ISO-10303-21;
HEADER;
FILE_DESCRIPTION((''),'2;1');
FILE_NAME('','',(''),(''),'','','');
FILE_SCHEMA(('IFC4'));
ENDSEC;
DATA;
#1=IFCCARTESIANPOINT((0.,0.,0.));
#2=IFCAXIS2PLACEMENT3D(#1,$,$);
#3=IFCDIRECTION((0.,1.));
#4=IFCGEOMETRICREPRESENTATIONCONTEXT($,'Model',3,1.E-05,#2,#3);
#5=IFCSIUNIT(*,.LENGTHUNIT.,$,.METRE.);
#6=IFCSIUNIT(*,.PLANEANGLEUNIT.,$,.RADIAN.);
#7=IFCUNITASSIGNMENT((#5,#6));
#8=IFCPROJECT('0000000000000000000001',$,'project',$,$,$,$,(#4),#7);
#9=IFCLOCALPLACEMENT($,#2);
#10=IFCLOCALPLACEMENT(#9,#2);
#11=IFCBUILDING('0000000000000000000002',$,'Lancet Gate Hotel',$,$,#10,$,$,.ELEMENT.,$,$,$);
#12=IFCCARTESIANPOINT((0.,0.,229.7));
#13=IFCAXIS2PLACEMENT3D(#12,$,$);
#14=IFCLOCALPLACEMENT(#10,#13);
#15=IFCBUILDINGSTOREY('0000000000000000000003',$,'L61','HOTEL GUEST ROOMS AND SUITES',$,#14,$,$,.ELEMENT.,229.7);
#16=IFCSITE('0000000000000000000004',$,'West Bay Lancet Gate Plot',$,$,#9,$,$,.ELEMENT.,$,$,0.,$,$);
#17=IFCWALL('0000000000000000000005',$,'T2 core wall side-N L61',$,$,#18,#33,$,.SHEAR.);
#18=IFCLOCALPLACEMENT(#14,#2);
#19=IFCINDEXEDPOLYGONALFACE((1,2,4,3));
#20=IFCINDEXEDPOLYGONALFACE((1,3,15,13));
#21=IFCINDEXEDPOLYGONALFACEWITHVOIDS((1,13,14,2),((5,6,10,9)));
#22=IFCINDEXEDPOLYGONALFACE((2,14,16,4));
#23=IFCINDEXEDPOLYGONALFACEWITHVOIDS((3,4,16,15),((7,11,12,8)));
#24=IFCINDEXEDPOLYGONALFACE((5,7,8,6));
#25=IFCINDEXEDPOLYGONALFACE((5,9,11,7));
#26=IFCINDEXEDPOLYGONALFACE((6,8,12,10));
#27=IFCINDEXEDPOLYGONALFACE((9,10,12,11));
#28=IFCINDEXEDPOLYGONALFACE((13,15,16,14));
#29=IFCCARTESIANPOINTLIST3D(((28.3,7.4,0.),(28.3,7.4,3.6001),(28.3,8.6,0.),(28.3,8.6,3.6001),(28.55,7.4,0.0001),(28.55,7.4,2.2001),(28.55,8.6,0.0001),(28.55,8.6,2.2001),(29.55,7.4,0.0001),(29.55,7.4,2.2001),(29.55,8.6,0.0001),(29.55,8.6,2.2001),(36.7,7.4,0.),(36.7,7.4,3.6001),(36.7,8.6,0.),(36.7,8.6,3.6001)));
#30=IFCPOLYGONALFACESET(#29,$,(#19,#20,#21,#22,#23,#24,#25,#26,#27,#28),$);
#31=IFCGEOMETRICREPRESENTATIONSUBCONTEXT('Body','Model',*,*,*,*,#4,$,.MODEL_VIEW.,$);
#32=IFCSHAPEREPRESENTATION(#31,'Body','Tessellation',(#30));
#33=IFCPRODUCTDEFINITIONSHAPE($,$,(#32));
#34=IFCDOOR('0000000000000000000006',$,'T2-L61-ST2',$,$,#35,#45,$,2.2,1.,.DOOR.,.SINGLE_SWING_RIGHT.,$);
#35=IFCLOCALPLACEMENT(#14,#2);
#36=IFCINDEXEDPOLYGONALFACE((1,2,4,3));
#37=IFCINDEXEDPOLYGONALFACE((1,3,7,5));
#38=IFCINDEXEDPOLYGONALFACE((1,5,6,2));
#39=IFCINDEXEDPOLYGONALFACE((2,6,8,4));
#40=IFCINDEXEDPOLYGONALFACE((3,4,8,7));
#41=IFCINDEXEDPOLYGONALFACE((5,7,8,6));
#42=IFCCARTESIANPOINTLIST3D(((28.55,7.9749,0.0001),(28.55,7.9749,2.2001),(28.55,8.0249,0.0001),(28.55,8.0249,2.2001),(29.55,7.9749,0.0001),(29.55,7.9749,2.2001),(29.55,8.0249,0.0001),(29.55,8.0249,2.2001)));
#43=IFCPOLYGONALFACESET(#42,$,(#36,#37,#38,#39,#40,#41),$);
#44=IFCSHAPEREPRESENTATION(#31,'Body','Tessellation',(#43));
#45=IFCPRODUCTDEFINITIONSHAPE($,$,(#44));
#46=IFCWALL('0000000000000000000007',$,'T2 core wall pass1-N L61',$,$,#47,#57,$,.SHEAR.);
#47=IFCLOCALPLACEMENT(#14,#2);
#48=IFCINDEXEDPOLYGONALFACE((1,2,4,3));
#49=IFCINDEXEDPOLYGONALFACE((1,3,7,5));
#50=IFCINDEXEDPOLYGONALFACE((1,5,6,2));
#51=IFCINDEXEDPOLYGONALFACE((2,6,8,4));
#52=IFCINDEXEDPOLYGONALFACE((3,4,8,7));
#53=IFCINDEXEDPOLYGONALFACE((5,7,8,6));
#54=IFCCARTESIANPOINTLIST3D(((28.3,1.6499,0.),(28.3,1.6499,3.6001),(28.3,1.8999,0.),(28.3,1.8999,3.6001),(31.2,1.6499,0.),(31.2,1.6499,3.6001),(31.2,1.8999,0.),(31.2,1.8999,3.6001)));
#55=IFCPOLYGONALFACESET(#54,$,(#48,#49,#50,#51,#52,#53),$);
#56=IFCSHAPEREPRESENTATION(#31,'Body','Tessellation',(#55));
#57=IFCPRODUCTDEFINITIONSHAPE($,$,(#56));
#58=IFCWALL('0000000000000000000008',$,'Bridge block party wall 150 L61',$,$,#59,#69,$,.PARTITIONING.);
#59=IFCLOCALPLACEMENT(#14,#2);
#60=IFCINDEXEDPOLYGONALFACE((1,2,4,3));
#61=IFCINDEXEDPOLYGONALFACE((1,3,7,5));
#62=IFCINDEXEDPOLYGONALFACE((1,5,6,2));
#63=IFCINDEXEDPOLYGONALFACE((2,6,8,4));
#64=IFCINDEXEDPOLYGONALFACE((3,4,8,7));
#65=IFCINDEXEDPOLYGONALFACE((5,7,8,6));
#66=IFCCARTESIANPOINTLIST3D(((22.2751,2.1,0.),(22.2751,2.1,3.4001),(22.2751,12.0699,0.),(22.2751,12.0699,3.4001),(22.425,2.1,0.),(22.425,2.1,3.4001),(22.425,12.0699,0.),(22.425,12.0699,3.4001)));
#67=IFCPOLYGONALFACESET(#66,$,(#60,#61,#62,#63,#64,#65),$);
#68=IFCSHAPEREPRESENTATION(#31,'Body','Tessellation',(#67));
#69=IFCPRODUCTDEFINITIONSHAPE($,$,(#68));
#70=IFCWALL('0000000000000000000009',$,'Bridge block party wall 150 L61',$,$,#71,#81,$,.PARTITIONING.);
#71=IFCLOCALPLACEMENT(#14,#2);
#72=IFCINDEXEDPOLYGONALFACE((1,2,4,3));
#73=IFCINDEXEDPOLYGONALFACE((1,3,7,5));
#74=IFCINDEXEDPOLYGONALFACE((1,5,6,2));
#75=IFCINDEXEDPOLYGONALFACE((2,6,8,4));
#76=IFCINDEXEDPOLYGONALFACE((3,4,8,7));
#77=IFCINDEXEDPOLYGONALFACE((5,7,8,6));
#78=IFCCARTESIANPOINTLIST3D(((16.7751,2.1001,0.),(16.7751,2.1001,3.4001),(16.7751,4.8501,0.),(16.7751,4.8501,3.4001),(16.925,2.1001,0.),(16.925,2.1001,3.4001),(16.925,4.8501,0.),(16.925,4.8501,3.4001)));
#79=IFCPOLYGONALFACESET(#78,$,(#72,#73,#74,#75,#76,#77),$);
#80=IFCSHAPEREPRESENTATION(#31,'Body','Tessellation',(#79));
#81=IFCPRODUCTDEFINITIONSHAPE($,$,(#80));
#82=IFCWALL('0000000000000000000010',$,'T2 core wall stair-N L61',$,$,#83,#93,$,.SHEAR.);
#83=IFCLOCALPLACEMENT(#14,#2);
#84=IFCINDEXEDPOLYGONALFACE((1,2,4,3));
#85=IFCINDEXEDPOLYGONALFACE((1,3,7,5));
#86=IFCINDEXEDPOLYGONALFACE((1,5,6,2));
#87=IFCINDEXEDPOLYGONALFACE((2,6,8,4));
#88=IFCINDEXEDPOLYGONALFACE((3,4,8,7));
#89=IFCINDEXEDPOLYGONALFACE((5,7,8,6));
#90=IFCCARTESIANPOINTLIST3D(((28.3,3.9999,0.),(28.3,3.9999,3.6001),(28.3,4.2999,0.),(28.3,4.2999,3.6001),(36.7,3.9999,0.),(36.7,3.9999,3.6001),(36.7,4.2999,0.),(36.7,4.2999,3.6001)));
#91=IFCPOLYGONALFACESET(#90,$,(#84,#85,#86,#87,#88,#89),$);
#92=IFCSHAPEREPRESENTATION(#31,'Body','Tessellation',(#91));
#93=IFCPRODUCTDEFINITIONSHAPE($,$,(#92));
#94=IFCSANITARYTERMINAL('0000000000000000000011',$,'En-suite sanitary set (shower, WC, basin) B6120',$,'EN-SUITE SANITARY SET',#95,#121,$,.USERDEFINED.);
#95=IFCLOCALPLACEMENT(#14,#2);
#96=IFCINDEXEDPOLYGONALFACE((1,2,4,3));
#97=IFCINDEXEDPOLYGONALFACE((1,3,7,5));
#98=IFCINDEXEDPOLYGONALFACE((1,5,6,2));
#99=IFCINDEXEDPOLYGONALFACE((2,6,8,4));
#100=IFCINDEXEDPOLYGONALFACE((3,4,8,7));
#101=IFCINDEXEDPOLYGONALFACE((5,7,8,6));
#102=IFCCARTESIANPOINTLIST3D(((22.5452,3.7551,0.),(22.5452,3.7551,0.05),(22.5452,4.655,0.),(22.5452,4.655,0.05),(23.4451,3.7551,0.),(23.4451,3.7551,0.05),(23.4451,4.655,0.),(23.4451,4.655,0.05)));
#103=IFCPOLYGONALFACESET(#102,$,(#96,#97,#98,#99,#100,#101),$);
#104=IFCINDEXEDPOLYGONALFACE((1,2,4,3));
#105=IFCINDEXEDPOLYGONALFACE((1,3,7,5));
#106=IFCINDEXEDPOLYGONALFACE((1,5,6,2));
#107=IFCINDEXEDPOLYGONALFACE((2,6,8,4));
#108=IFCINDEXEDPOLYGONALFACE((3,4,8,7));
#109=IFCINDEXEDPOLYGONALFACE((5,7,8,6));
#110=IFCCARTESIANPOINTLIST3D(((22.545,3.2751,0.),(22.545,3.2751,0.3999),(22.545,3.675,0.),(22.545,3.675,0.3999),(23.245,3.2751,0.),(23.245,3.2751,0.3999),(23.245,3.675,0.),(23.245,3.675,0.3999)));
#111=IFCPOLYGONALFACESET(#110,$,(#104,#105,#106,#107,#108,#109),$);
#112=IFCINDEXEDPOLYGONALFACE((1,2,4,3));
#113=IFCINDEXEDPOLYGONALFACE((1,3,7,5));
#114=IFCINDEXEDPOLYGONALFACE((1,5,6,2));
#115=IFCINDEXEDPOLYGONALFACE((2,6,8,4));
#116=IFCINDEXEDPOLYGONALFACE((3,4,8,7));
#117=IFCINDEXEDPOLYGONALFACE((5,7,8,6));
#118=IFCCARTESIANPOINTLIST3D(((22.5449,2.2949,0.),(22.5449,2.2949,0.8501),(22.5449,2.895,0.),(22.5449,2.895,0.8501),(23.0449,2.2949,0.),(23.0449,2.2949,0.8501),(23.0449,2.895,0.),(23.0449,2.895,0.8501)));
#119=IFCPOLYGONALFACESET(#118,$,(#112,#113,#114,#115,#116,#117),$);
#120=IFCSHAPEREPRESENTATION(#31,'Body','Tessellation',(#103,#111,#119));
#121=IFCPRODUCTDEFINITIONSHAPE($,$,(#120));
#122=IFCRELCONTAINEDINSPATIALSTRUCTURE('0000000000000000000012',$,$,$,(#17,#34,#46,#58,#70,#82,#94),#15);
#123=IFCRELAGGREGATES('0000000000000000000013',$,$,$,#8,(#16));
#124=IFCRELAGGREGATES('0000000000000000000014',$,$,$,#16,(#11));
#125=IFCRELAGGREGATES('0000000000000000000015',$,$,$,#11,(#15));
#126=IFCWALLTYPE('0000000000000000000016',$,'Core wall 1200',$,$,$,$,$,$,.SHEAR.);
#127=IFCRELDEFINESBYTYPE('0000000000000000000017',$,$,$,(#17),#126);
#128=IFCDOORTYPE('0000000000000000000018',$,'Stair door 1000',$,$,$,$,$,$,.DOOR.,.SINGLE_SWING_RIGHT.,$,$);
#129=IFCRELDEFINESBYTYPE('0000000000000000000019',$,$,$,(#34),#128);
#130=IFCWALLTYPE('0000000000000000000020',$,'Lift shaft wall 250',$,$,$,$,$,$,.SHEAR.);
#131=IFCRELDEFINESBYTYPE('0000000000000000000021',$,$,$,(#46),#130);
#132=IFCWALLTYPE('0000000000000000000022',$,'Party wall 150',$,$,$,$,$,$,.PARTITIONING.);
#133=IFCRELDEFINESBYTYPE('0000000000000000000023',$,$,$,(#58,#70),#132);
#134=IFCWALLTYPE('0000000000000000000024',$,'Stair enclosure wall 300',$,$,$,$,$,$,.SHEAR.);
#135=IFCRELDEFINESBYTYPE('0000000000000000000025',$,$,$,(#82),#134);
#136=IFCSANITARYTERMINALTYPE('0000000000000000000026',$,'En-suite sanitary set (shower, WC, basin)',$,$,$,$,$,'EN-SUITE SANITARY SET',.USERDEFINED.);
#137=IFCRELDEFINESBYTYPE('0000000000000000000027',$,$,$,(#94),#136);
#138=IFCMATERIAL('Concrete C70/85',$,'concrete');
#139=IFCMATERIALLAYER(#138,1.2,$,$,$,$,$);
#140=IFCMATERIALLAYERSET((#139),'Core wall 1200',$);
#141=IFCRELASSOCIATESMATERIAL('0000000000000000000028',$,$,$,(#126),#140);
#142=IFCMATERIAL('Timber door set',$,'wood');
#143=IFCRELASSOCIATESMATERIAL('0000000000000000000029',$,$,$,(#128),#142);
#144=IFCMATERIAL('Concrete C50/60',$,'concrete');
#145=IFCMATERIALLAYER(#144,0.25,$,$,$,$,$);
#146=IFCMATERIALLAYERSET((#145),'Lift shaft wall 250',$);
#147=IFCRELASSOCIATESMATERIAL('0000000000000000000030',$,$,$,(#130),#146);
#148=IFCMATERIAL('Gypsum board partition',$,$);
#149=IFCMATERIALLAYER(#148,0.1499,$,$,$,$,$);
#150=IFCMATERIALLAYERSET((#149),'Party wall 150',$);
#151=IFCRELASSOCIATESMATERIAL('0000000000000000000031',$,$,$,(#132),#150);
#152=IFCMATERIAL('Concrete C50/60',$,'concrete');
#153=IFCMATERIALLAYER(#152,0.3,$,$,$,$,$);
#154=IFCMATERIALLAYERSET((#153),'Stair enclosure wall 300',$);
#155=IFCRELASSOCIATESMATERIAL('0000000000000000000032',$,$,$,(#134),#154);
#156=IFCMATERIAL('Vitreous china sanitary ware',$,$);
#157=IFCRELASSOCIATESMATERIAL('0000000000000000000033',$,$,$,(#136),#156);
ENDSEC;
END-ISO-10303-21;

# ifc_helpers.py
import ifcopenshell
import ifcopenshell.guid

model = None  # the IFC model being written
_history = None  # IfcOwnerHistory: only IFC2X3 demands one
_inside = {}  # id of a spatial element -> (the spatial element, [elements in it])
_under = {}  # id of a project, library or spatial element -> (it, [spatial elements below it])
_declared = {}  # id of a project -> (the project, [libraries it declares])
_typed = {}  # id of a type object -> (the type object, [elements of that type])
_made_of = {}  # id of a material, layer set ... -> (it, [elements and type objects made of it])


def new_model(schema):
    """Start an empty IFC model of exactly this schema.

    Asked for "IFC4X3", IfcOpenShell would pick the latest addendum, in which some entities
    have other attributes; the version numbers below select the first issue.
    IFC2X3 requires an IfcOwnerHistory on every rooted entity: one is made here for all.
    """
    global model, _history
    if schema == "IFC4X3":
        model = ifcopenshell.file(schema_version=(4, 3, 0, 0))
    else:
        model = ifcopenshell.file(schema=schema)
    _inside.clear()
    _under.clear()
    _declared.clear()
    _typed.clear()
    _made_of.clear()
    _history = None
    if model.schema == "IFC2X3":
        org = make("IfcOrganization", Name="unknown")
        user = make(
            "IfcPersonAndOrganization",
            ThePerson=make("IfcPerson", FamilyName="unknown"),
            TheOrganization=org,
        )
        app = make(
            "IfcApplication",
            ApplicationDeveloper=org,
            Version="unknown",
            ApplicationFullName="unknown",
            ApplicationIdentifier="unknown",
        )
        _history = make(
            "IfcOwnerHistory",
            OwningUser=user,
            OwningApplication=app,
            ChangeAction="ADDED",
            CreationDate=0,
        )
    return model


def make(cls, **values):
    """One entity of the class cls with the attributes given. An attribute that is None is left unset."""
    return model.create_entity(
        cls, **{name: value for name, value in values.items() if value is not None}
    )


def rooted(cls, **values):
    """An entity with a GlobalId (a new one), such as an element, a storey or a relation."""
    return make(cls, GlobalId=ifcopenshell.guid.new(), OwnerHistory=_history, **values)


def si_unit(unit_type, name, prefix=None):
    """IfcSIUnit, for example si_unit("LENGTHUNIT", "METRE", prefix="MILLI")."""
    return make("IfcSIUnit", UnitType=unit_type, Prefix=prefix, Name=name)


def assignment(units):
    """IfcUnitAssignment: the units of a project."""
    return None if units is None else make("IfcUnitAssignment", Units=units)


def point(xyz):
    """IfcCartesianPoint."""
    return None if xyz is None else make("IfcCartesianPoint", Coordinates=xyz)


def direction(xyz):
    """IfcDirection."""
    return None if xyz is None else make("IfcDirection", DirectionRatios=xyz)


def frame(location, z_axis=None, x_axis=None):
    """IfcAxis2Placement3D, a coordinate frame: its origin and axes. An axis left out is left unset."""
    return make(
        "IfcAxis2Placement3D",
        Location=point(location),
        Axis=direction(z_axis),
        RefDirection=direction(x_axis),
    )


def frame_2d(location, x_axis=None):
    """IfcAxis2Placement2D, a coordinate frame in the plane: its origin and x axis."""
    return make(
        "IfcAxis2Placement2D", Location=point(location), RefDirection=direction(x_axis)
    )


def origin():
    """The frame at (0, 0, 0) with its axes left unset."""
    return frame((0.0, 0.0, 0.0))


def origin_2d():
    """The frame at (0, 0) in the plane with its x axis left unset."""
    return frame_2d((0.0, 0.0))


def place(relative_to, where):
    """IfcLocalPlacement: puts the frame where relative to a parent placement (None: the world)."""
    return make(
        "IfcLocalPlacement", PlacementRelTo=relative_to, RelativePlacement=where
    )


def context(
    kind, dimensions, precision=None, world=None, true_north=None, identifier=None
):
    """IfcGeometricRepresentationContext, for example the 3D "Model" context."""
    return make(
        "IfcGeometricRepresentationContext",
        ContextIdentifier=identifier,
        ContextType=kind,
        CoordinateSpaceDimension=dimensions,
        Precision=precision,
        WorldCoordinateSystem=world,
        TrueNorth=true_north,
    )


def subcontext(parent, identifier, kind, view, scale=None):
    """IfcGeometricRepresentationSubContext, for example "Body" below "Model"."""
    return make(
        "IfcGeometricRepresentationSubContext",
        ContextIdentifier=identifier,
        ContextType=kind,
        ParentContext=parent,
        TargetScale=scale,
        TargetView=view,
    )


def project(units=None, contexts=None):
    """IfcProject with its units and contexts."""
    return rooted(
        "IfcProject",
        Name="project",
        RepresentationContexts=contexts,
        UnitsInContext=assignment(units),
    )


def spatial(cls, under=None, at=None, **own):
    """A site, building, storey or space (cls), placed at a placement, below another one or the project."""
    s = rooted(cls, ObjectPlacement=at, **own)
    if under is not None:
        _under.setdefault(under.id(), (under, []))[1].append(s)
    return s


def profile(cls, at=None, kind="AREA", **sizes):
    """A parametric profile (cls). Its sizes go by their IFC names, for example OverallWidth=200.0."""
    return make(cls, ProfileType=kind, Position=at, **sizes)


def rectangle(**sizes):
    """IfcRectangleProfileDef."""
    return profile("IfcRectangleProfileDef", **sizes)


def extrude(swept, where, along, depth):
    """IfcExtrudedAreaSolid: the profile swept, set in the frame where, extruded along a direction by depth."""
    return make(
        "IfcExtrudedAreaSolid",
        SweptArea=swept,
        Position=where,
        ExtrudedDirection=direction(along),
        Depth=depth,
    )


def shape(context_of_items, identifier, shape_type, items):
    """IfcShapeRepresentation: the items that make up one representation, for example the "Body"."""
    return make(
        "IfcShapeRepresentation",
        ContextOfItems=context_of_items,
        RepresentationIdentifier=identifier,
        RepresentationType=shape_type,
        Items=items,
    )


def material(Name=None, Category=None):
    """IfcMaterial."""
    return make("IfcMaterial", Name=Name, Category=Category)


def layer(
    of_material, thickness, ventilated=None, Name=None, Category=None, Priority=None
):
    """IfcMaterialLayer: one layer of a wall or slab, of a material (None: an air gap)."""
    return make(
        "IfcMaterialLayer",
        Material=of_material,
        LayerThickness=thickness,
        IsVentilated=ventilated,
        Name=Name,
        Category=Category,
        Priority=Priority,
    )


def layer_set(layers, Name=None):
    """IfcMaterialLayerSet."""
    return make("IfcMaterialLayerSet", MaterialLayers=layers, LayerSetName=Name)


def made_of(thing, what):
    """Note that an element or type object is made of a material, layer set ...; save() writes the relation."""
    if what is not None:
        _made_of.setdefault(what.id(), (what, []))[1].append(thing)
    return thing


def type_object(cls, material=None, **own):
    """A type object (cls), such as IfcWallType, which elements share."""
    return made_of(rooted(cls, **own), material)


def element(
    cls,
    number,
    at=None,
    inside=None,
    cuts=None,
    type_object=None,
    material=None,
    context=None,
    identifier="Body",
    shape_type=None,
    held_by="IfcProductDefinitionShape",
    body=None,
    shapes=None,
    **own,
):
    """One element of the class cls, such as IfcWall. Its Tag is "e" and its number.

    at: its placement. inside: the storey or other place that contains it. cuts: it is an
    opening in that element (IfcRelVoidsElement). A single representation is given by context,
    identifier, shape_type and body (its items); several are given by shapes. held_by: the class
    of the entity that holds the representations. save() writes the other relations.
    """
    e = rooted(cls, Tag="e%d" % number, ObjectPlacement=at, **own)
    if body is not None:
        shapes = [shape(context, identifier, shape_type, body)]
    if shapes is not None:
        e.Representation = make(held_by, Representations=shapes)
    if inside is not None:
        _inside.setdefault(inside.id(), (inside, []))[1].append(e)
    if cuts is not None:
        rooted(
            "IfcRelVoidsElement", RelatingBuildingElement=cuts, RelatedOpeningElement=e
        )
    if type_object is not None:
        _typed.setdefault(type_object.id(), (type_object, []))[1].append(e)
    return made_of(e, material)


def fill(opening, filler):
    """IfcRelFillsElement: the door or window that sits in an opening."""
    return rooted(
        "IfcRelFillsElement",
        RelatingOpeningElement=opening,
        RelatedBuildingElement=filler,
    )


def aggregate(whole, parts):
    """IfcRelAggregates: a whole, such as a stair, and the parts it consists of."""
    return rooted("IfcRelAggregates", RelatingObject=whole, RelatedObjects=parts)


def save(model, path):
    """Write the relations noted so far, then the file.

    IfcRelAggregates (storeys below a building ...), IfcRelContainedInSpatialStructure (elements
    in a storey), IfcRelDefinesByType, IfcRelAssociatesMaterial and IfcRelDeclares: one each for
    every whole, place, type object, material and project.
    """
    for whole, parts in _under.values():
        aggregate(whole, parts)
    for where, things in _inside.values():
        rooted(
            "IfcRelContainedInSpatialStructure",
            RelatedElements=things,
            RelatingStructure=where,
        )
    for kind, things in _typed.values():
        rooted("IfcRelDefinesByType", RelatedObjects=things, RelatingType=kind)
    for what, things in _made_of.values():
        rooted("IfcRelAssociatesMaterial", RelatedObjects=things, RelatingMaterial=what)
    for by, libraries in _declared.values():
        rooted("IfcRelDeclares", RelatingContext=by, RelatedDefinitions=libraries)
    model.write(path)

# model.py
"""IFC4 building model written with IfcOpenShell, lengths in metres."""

from ifc_helpers import new_model, si_unit, direction, frame, frame_2d, origin, origin_2d, place, context, subcontext, project, spatial, rectangle, extrude, material, layer, layer_set, type_object, element, fill, save


model = new_model("IFC4")

# Units and contexts
model_context = context("Model", 3, precision=1e-05, world=origin(), true_north=direction((0.0, 1.0)))
body_context = subcontext(model_context, "Body", "Model", "MODEL_VIEW")
ifc_project = project(units=[si_unit("LENGTHUNIT", "METRE"), si_unit("PLANEANGLEUNIT", "RADIAN")], contexts=[model_context])

# Site, building, storey
site_placement = place(None, origin())
site = spatial("IfcSite", under=ifc_project, at=site_placement, Name="West Bay Lancet Gate Plot", CompositionType="ELEMENT", RefElevation=0.0)
building_placement = place(site_placement, origin())
building = spatial("IfcBuilding", under=site, at=building_placement, Name="Lancet Gate Hotel", CompositionType="ELEMENT")
storey_placement = place(building_placement, frame((0.0, 0.0, 229.7)))
storey = spatial("IfcBuildingStorey", under=building, at=storey_placement, Name="L61", Description="HOTEL GUEST ROOMS AND SUITES", CompositionType="ELEMENT", Elevation=229.7)

# Wall, opening, door
ifc_material_1 = material(Name="Concrete C70/85", Category="concrete")
ifc_layer_1 = layer(ifc_material_1, 1.2)
ifc_layer_set_1 = layer_set([ifc_layer_1], Name="Core wall 1200")
wall_type_1 = type_object("IfcWallType", Name="Core wall 1200", PredefinedType="SHEAR", material=ifc_layer_set_1)
wall_1_placement = place(storey_placement, frame((28.3, 8.0, 0.0), z_axis=(0.0, 0.0, 1.0), x_axis=(1.0, 0.0, 0.0)))
wall_1 = element("IfcWall", 1, at=wall_1_placement, inside=storey, type_object=wall_type_1, Name="T2 core wall side-N L61", PredefinedType="SHEAR", context=body_context, shape_type="SweptSolid", body=[
    extrude(rectangle(XDim=8.3999, YDim=1.2, at=frame_2d((4.2, 0.0))), origin(), (0.0, 0.0, 1.0), 3.6001),
])
opening_1_placement = place(wall_1_placement, frame((0.25, 0.0, 0.0)))
opening_1 = element("IfcOpeningElement", 2, at=opening_1_placement, cuts=wall_1, PredefinedType="OPENING", context=body_context, shape_type="SweptSolid", body=[
    extrude(rectangle(XDim=1.0, YDim=2.2, at=frame_2d((0.5, 1.1001))), frame((0.0, 0.6099, 0.0), z_axis=(0.0, -1.0, 0.0), x_axis=(1.0, 0.0, 0.0)), (0.0, 0.0, 1.0), 1.22),
])
ifc_material_2 = material(Name="Timber door set", Category="wood")
door_type_1 = type_object("IfcDoorType", Name="Stair door 1000", OperationType="SINGLE_SWING_RIGHT", PredefinedType="DOOR", material=ifc_material_2)
door_1_placement = place(opening_1_placement, origin())
door_1 = element("IfcDoor", 3, at=door_1_placement, inside=storey, type_object=door_type_1, Name="T2-L61-ST2", OperationType="SINGLE_SWING_RIGHT", OverallHeight=2.2, OverallWidth=1.0, PredefinedType="DOOR", context=body_context, shape_type="SweptSolid", body=[
    extrude(rectangle(XDim=1.0, YDim=2.2, at=frame_2d((0.5, 1.1001))), frame((0.0, 0.0249, 0.0), z_axis=(0.0, -1.0, 0.0), x_axis=(1.0, 0.0, 0.0)), (0.0, 0.0, 1.0), 0.05),
])
fill(opening_1, door_1)

# Walls
ifc_material_3 = material(Name="Concrete C50/60", Category="concrete")
ifc_layer_2 = layer(ifc_material_3, 0.25)
ifc_layer_set_2 = layer_set([ifc_layer_2], Name="Lift shaft wall 250")
wall_type_2 = type_object("IfcWallType", Name="Lift shaft wall 250", PredefinedType="SHEAR", material=ifc_layer_set_2)
wall_2_placement = place(storey_placement, frame((28.3, 1.7749, 0.0), z_axis=(0.0, 0.0, 1.0), x_axis=(1.0, 0.0, 0.0)))
element("IfcWall", 4, at=wall_2_placement, inside=storey, type_object=wall_type_2, Name="T2 core wall pass1-N L61", PredefinedType="SHEAR", context=body_context, shape_type="SweptSolid", body=[
    extrude(rectangle(XDim=2.8999, YDim=0.25, at=frame_2d((1.45, 0.0))), origin(), (0.0, 0.0, 1.0), 3.6001),
])
ifc_material_4 = material(Name="Gypsum board partition")
ifc_layer_3 = layer(ifc_material_4, 0.1499)
ifc_layer_set_3 = layer_set([ifc_layer_3], Name="Party wall 150")
wall_type_3 = type_object("IfcWallType", Name="Party wall 150", PredefinedType="PARTITIONING", material=ifc_layer_set_3)
wall_3_placement = place(storey_placement, frame((22.3501, 2.1001, 0.0), z_axis=(0.0, 0.0, 1.0), x_axis=(0.0, 1.0, 0.0)))
element("IfcWall", 5, at=wall_3_placement, inside=storey, type_object=wall_type_3, Name="Bridge block party wall 150 L61", PredefinedType="PARTITIONING", context=body_context, shape_type="SweptSolid", body=[
    extrude(rectangle(XDim=9.97, YDim=0.1499, at=frame_2d((4.9849, 0.0))), origin(), (0.0, 0.0, 1.0), 3.4001),
])
wall_4_placement = place(storey_placement, frame((16.8501, 2.1001, 0.0), z_axis=(0.0, 0.0, 1.0), x_axis=(0.0, 1.0, 0.0)))
element("IfcWall", 6, at=wall_4_placement, inside=storey, type_object=wall_type_3, Name="Bridge block party wall 150 L61", PredefinedType="PARTITIONING", context=body_context, shape_type="SweptSolid", body=[
    extrude(rectangle(XDim=2.75, YDim=0.1499, at=frame_2d((1.375, 0.0))), origin(), (0.0, 0.0, 1.0), 3.4001),
])
ifc_material_5 = material(Name="Concrete C50/60", Category="concrete")
ifc_layer_4 = layer(ifc_material_5, 0.3)
ifc_layer_set_4 = layer_set([ifc_layer_4], Name="Stair enclosure wall 300")
wall_type_4 = type_object("IfcWallType", Name="Stair enclosure wall 300", PredefinedType="SHEAR", material=ifc_layer_set_4)
wall_5_placement = place(storey_placement, frame((28.3, 4.1499, 0.0), z_axis=(0.0, 0.0, 1.0), x_axis=(1.0, 0.0, 0.0)))
element("IfcWall", 7, at=wall_5_placement, inside=storey, type_object=wall_type_4, Name="T2 core wall stair-N L61", PredefinedType="SHEAR", context=body_context, shape_type="SweptSolid", body=[
    extrude(rectangle(XDim=8.3999, YDim=0.3, at=frame_2d((4.2, 0.0))), origin(), (0.0, 0.0, 1.0), 3.6001),
])

# Sanitary terminal
ifc_material_6 = material(Name="Vitreous china sanitary ware")
sanitary_terminal_type = type_object("IfcSanitaryTerminalType", Name="En-suite sanitary set (shower, WC, basin)", ElementType="EN-SUITE SANITARY SET", PredefinedType="USERDEFINED", material=ifc_material_6)
sanitary_terminal_placement = place(storey_placement, frame((22.9951, 4.2051, 0.0), z_axis=(0.0, 0.0, 1.0), x_axis=(1.0, 0.0, 0.0)))
element("IfcSanitaryTerminal", 8, at=sanitary_terminal_placement, inside=storey, type_object=sanitary_terminal_type, Name="En-suite sanitary set (shower, WC, basin) B6120", ObjectType="EN-SUITE SANITARY SET", PredefinedType="USERDEFINED", context=body_context, shape_type="SweptSolid", body=[
    extrude(rectangle(XDim=0.8999, YDim=0.8999, at=origin_2d()), frame((0.0, 0.0, 0.0), z_axis=(0.0, 0.0, 1.0), x_axis=(0.0, 1.0, 0.0)), (0.0, 0.0, 1.0), 0.05),
    extrude(rectangle(XDim=0.3999, YDim=0.7, at=origin_2d()), frame((-0.1001, -0.73, 0.0), z_axis=(0.0, 0.0, 1.0), x_axis=(0.0, 1.0, 0.0)), (0.0, 0.0, 1.0), 0.3999),
    extrude(rectangle(XDim=0.6001, YDim=0.5, at=origin_2d()), frame((-0.2002, -1.6101, 0.0), z_axis=(0.0, 0.0, 1.0), x_axis=(0.0, 1.0, 0.0)), (0.0, 0.0, 1.0), 0.8501),
])

save(model, "model.ifc")
